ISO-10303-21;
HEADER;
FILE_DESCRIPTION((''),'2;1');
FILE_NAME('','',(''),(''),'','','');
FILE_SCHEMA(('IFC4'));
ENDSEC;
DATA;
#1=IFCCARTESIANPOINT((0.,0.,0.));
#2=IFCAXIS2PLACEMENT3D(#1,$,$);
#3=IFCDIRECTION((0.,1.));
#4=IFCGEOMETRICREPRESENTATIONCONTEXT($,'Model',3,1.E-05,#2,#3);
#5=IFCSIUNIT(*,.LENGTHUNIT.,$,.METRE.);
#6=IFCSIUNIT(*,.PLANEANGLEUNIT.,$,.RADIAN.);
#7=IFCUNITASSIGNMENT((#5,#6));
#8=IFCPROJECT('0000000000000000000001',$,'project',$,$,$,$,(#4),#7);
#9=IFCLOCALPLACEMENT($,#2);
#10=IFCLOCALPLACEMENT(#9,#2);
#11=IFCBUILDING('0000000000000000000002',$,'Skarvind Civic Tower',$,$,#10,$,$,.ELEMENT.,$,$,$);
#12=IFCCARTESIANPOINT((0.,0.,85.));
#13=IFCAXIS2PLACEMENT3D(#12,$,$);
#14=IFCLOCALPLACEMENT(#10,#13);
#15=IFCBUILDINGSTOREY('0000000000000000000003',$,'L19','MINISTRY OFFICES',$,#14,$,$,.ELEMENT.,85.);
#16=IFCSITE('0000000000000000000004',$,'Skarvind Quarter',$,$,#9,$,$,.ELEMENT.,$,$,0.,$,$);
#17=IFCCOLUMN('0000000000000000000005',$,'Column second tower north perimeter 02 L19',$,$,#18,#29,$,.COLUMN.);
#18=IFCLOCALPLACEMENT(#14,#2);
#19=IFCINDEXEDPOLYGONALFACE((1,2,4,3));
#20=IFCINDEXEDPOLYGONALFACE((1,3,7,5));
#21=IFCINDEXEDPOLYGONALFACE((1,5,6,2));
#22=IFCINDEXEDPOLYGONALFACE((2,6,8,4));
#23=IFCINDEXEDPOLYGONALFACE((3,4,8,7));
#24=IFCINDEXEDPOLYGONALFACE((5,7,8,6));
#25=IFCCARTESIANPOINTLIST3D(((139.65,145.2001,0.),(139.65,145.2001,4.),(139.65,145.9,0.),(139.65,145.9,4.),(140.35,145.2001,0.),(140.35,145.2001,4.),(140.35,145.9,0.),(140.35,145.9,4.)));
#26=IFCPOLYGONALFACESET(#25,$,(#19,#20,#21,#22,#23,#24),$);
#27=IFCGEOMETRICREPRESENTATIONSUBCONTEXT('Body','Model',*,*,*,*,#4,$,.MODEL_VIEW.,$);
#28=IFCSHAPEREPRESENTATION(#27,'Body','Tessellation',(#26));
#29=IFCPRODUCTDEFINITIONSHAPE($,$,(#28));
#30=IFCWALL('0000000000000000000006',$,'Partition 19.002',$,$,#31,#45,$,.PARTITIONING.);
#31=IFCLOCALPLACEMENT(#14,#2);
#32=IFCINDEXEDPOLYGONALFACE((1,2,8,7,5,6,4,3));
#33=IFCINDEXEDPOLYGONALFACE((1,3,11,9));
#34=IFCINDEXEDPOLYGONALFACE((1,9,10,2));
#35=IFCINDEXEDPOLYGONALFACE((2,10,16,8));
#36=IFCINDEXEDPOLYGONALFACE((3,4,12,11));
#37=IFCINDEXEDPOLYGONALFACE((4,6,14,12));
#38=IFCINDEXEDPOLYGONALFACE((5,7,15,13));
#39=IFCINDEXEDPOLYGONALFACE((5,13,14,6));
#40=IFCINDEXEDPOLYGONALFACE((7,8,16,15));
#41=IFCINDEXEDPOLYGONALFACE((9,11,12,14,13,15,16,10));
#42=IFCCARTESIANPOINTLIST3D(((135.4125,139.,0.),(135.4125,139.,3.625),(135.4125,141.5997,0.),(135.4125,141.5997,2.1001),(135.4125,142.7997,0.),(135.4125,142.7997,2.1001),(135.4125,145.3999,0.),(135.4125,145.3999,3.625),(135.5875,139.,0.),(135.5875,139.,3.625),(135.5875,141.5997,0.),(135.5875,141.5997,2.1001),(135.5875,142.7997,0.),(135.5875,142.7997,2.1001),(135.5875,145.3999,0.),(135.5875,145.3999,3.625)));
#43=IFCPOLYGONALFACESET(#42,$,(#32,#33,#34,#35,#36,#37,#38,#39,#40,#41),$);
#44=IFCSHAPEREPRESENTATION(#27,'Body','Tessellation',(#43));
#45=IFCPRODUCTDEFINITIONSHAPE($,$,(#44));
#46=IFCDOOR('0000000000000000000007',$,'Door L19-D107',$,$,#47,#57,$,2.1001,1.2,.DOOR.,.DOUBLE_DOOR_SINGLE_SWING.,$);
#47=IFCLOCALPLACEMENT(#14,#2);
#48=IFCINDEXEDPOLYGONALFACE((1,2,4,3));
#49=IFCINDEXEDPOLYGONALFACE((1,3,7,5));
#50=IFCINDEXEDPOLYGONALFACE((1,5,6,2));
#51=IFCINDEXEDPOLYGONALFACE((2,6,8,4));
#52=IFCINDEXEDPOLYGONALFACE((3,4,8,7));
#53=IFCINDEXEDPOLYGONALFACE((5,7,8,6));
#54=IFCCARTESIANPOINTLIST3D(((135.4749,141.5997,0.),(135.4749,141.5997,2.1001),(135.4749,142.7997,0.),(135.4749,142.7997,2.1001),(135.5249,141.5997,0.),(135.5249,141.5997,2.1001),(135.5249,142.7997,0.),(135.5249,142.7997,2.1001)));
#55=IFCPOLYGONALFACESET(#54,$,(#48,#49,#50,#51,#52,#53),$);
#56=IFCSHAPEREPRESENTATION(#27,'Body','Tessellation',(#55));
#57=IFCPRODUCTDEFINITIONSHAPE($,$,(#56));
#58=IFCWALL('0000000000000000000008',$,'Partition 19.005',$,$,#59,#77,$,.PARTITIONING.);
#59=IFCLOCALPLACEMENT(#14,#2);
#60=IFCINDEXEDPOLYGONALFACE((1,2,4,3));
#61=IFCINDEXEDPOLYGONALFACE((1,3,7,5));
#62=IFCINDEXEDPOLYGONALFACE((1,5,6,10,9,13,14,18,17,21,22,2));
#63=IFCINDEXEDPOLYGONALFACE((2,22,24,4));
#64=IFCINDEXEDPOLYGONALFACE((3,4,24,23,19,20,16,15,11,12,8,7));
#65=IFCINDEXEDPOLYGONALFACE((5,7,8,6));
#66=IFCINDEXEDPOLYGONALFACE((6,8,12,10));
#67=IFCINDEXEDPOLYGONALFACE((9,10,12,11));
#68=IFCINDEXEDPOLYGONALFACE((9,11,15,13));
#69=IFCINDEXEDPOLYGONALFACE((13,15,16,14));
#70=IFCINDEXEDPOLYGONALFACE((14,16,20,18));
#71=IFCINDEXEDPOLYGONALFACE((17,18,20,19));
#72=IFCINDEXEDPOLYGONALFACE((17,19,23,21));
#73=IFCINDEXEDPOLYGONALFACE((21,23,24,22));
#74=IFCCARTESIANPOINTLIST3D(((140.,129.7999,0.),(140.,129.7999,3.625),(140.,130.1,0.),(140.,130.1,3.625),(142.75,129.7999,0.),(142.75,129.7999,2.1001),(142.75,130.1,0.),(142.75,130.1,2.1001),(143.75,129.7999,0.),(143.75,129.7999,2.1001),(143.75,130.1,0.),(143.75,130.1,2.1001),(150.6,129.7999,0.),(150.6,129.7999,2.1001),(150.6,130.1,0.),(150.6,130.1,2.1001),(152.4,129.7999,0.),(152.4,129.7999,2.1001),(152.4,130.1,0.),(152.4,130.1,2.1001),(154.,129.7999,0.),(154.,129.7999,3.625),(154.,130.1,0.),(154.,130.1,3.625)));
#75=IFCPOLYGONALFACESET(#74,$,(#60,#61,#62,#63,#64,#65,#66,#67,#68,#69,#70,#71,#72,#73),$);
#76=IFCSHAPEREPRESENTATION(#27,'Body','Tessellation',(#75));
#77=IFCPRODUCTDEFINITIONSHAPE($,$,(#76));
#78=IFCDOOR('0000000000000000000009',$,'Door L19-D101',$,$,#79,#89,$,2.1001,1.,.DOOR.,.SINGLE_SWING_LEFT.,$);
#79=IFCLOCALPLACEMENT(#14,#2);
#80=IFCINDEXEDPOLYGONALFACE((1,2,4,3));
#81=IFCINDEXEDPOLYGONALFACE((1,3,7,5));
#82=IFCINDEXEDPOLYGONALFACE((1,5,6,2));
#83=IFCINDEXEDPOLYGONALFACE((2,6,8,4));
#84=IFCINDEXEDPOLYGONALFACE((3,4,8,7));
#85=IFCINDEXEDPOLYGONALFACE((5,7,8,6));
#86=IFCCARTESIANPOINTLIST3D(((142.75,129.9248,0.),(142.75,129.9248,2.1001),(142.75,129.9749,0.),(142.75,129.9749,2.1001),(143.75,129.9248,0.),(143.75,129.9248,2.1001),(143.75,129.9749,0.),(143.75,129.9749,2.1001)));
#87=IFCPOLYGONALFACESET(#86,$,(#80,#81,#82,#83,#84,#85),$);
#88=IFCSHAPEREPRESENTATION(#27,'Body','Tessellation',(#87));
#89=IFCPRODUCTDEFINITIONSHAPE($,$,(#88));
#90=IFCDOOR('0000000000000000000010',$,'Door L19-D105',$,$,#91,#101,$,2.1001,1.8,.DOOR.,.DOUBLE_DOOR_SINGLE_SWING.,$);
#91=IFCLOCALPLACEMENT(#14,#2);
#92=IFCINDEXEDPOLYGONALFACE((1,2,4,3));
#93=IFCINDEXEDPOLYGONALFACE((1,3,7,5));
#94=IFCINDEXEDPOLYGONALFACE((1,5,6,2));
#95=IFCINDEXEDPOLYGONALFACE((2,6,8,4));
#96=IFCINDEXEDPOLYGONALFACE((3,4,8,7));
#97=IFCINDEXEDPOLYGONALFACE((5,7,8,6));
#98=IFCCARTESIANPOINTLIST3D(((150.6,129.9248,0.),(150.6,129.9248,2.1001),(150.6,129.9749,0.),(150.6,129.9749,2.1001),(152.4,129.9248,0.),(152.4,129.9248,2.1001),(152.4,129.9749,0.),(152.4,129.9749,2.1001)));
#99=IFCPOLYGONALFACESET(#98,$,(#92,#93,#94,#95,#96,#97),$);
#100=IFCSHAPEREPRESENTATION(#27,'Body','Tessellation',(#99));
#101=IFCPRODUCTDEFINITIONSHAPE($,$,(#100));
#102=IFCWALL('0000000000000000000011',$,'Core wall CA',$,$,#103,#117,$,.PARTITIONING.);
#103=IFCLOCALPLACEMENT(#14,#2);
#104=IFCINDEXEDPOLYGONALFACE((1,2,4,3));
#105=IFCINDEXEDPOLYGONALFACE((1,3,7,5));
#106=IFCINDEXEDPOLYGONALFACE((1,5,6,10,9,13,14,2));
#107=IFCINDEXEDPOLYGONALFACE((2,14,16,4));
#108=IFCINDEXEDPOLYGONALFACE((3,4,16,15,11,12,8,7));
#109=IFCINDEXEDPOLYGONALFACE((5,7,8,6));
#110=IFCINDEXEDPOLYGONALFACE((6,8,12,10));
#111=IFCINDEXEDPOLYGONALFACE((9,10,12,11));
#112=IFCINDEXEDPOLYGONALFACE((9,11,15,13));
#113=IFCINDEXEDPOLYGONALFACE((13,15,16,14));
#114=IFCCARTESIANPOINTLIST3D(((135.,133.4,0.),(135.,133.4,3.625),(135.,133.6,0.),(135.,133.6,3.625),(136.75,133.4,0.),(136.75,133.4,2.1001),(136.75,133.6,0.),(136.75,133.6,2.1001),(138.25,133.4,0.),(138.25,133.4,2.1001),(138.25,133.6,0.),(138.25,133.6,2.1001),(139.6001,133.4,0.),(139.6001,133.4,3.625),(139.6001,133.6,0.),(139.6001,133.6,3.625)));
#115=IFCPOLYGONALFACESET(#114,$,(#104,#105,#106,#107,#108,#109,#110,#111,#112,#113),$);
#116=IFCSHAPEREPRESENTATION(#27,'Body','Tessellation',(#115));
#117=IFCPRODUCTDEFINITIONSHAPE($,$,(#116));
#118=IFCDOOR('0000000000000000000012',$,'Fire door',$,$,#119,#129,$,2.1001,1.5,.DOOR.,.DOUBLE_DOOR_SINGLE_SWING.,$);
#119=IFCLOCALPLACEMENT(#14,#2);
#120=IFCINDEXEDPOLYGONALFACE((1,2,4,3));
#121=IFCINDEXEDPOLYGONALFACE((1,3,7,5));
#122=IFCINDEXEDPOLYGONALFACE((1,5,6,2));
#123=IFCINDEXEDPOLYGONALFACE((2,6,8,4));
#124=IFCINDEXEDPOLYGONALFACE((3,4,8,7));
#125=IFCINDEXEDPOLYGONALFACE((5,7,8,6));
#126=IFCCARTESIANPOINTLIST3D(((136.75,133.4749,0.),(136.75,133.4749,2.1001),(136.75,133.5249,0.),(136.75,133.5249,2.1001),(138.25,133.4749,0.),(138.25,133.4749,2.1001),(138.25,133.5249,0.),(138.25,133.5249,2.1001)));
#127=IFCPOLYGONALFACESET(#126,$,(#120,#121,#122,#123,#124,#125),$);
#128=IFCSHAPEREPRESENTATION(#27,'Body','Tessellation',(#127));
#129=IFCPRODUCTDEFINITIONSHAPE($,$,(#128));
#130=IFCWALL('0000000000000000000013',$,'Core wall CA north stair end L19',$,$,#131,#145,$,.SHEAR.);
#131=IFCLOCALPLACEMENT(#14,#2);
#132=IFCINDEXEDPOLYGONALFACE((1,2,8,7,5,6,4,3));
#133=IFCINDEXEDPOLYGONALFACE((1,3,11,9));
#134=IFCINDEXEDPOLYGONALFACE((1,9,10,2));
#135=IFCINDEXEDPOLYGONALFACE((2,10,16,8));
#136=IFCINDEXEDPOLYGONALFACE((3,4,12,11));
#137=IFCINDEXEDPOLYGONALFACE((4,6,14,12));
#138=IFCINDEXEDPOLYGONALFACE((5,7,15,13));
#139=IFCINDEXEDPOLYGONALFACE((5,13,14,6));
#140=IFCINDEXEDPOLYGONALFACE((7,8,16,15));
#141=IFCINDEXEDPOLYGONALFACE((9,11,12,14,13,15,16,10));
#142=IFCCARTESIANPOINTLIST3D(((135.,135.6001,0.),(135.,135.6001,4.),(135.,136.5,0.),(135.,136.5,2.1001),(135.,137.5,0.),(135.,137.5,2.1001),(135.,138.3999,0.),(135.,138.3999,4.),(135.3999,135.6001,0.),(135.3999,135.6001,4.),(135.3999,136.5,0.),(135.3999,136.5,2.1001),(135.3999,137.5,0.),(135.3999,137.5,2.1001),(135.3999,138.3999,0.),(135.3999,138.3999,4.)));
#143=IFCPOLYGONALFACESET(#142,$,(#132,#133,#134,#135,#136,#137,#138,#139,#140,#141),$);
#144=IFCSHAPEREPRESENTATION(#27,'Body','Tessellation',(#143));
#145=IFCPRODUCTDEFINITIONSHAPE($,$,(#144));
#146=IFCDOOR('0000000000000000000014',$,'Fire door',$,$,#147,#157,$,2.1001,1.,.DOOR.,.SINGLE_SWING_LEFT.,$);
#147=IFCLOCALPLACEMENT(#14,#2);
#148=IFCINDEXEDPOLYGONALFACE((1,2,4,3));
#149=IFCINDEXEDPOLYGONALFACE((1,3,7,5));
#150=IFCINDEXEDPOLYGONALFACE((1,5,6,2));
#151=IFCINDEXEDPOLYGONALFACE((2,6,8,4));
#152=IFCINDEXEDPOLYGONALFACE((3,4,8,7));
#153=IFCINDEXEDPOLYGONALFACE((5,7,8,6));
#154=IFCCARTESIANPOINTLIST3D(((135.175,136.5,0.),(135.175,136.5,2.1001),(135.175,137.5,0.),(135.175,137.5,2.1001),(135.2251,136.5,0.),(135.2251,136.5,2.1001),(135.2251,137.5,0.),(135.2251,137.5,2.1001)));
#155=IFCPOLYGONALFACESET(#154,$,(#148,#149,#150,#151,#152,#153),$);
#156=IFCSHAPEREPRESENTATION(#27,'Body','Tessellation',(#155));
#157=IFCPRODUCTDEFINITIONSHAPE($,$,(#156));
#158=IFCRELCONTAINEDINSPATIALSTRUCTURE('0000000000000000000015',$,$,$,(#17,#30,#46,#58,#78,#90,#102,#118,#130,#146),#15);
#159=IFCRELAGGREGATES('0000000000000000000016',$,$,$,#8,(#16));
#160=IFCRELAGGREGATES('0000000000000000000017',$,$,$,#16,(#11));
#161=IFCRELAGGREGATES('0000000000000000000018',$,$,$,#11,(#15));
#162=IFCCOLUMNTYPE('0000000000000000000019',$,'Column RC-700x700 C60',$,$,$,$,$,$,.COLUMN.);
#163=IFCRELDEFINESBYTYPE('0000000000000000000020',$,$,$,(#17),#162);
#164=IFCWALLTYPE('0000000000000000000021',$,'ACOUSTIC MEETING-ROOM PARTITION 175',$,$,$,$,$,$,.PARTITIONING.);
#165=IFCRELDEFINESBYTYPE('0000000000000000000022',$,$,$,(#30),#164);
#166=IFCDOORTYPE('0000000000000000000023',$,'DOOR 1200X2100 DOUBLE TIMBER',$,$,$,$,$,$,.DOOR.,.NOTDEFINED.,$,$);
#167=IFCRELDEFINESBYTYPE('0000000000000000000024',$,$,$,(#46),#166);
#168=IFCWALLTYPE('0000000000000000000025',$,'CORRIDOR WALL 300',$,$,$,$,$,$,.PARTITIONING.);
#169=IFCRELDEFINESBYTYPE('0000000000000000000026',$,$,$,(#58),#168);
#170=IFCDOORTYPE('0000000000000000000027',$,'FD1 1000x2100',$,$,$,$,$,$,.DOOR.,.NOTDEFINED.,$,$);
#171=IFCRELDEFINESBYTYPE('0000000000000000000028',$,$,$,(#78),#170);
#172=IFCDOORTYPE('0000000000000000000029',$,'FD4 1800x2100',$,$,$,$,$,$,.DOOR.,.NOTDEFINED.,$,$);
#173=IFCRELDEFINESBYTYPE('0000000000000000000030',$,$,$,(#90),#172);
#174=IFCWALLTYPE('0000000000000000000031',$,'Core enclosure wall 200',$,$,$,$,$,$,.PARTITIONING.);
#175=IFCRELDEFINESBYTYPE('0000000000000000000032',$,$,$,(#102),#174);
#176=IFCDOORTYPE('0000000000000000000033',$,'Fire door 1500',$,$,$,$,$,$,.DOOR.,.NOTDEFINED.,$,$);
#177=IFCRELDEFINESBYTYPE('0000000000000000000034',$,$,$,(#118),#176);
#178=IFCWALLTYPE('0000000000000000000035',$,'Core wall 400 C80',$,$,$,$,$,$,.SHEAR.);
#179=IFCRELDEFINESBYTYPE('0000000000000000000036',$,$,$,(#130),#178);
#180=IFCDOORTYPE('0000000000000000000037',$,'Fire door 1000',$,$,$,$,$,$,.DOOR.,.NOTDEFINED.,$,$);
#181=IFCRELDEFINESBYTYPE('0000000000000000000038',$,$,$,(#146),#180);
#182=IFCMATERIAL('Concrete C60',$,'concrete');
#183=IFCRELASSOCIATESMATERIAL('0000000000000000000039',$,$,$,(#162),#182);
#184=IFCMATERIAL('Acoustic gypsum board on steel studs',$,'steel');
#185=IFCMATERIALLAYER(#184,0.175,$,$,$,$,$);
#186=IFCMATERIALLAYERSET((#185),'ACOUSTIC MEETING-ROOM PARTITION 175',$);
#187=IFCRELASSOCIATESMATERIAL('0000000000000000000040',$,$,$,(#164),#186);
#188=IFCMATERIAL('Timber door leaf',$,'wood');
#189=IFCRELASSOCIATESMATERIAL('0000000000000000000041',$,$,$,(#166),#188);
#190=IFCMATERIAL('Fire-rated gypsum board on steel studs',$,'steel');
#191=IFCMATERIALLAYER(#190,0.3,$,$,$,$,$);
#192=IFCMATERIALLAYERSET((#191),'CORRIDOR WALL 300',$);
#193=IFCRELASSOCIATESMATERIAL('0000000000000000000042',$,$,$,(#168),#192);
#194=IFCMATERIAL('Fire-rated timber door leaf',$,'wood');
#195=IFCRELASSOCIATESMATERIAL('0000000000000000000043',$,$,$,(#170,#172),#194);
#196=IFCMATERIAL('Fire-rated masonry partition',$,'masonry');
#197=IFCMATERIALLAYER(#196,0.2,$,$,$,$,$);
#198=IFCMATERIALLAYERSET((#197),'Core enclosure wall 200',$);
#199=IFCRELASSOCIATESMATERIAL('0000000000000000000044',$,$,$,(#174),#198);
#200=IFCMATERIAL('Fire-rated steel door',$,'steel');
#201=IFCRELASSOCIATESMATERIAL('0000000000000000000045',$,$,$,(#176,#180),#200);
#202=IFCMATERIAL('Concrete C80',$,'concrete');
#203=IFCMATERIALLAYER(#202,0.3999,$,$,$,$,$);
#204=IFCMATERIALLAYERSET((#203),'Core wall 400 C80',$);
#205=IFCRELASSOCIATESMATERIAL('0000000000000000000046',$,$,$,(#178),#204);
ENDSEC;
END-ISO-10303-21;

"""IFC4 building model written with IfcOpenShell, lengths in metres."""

from ifc_helpers import new_model, si_unit, direction, frame, frame_2d, origin, origin_2d, place, context, subcontext, project, spatial, rectangle, extrude, material, layer, layer_set, material_profile, profile_set, type_object, element, fill, save


model = new_model("IFC4")

# Units and contexts
model_context = context("Model", 3, precision=1e-05, world=origin(), true_north=direction((0.0, 1.0)))
body_context = subcontext(model_context, "Body", "Model", "MODEL_VIEW")
ifc_project = project(units=[si_unit("LENGTHUNIT", "METRE"), si_unit("PLANEANGLEUNIT", "RADIAN")], contexts=[model_context])

# Site, building, storey
site_placement = place(None, origin())
site = spatial("IfcSite", under=ifc_project, at=site_placement, Name="Skarvind Quarter", CompositionType="ELEMENT", RefElevation=0.0)
building_placement = place(site_placement, origin())
building = spatial("IfcBuilding", under=site, at=building_placement, Name="Skarvind Civic Tower", CompositionType="ELEMENT")
storey_placement = place(building_placement, frame((0.0, 0.0, 85.0)))
storey = spatial("IfcBuildingStorey", under=building, at=storey_placement, Name="L19", Description="MINISTRY OFFICES", CompositionType="ELEMENT", Elevation=85.0)

# Column
ifc_material_1 = material(Name="Concrete C60", Category="concrete")
ifc_material_profile = material_profile(ifc_material_1, rectangle(XDim=0.7, YDim=0.7, at=origin_2d()), Name="RC-700x700")
ifc_profile_set = profile_set([ifc_material_profile], Name="Concrete C60")
column_type = type_object("IfcColumnType", Name="Column RC-700x700 C60", PredefinedType="COLUMN", material=ifc_profile_set)
column_placement = place(storey_placement, frame((140.0, 145.55, 0.0), z_axis=(0.0, 0.0, 1.0), x_axis=(1.0, 0.0, 0.0)))
element("IfcColumn", 1, at=column_placement, inside=storey, type_object=column_type, Name="Column second tower north perimeter 02 L19", PredefinedType="COLUMN", context=body_context, shape_type="SweptSolid", body=[
    extrude(rectangle(XDim=0.7, YDim=0.7, at=origin_2d()), origin(), (0.0, 0.0, 1.0), 4.0),
])

# Wall, opening, door
ifc_material_2 = material(Name="Acoustic gypsum board on steel studs", Category="steel")
ifc_layer_1 = layer(ifc_material_2, 0.175)
ifc_layer_set_1 = layer_set([ifc_layer_1], Name="ACOUSTIC MEETING-ROOM PARTITION 175")
wall_type_1 = type_object("IfcWallType", Name="ACOUSTIC MEETING-ROOM PARTITION 175", PredefinedType="PARTITIONING", material=ifc_layer_set_1)
wall_1_placement = place(storey_placement, frame((135.5, 145.3999, 0.0), z_axis=(0.0, 0.0, 1.0), x_axis=(0.0, -1.0, 0.0)))
wall_1 = element("IfcWall", 2, at=wall_1_placement, inside=storey, type_object=wall_type_1, Name="Partition 19.002", PredefinedType="PARTITIONING", context=body_context, shape_type="SweptSolid", body=[
    extrude(rectangle(XDim=6.3999, YDim=0.175, at=frame_2d((3.2, 0.0))), origin(), (0.0, 0.0, 1.0), 3.625),
])
opening_1_placement = place(wall_1_placement, frame((2.6001, 0.0, 0.0)))
opening_1 = element("IfcOpeningElement", 3, at=opening_1_placement, cuts=wall_1, PredefinedType="OPENING", context=body_context, shape_type="SweptSolid", body=[
    extrude(rectangle(XDim=1.2, YDim=2.1001, at=frame_2d((0.6001, 1.05))), frame((0.0, 0.0974, 0.0), z_axis=(0.0, -1.0, 0.0), x_axis=(1.0, 0.0, 0.0)), (0.0, 0.0, 1.0), 0.1951),
])
ifc_material_3 = material(Name="Timber door leaf", Category="wood")
door_type_1 = type_object("IfcDoorType", Name="DOOR 1200X2100 DOUBLE TIMBER", OperationType="NOTDEFINED", PredefinedType="DOOR", material=ifc_material_3)
door_1_placement = place(opening_1_placement, origin())
door_1 = element("IfcDoor", 4, at=door_1_placement, inside=storey, type_object=door_type_1, Name="Door L19-D107", OperationType="DOUBLE_DOOR_SINGLE_SWING", OverallHeight=2.1001, OverallWidth=1.2, PredefinedType="DOOR", context=body_context, shape_type="SweptSolid", body=[
    extrude(rectangle(XDim=1.2, YDim=2.1001, at=frame_2d((0.6001, 1.05))), frame((0.0, 0.0249, 0.0), z_axis=(0.0, -1.0, 0.0), x_axis=(1.0, 0.0, 0.0)), (0.0, 0.0, 1.0), 0.05),
])
fill(opening_1, door_1)

# Wall, openings, doors
ifc_material_4 = material(Name="Fire-rated gypsum board on steel studs", Category="steel")
ifc_layer_2 = layer(ifc_material_4, 0.3)
ifc_layer_set_2 = layer_set([ifc_layer_2], Name="CORRIDOR WALL 300")
wall_type_2 = type_object("IfcWallType", Name="CORRIDOR WALL 300", PredefinedType="PARTITIONING", material=ifc_layer_set_2)
wall_2_placement = place(storey_placement, frame((140.0, 129.95, 0.0), z_axis=(0.0, 0.0, 1.0), x_axis=(1.0, 0.0, 0.0)))
wall_2 = element("IfcWall", 5, at=wall_2_placement, inside=storey, type_object=wall_type_2, Name="Partition 19.005", PredefinedType="PARTITIONING", context=body_context, shape_type="SweptSolid", body=[
    extrude(rectangle(XDim=14.0, YDim=0.3, at=frame_2d((7.0, 0.0))), origin(), (0.0, 0.0, 1.0), 3.625),
])
opening_2_placement = place(wall_2_placement, frame((2.75, 0.0, 0.0)))
opening_2 = element("IfcOpeningElement", 6, at=opening_2_placement, cuts=wall_2, PredefinedType="OPENING", context=body_context, shape_type="SweptSolid", body=[
    extrude(rectangle(XDim=1.0, YDim=2.1001, at=frame_2d((0.5, 1.05))), frame((0.0, 0.1599, 0.0), z_axis=(0.0, -1.0, 0.0), x_axis=(1.0, 0.0, 0.0)), (0.0, 0.0, 1.0), 0.3201),
])
opening_3_placement = place(wall_2_placement, frame((10.6001, 0.0, 0.0)))
opening_3 = element("IfcOpeningElement", 7, at=opening_3_placement, cuts=wall_2, PredefinedType="OPENING", context=body_context, shape_type="SweptSolid", body=[
    extrude(rectangle(XDim=1.8, YDim=2.1001, at=frame_2d((0.8999, 1.05))), frame((0.0, 0.1599, 0.0), z_axis=(0.0, -1.0, 0.0), x_axis=(1.0, 0.0, 0.0)), (0.0, 0.0, 1.0), 0.3201),
])
ifc_material_5 = material(Name="Fire-rated timber door leaf", Category="wood")
door_type_2 = type_object("IfcDoorType", Name="FD1 1000x2100", OperationType="NOTDEFINED", PredefinedType="DOOR", material=ifc_material_5)
door_2_placement = place(opening_2_placement, origin())
door_2 = element("IfcDoor", 8, at=door_2_placement, inside=storey, type_object=door_type_2, Name="Door L19-D101", OperationType="SINGLE_SWING_LEFT", OverallHeight=2.1001, OverallWidth=1.0, PredefinedType="DOOR", context=body_context, shape_type="SweptSolid", body=[
    extrude(rectangle(XDim=1.0, YDim=2.1001, at=frame_2d((0.5, 1.05))), frame((0.0, 0.0249, 0.0), z_axis=(0.0, -1.0, 0.0), x_axis=(1.0, 0.0, 0.0)), (0.0, 0.0, 1.0), 0.05),
])
fill(opening_2, door_2)
door_type_3 = type_object("IfcDoorType", Name="FD4 1800x2100", OperationType="NOTDEFINED", PredefinedType="DOOR", material=ifc_material_5)
door_3_placement = place(opening_3_placement, origin())
door_3 = element("IfcDoor", 9, at=door_3_placement, inside=storey, type_object=door_type_3, Name="Door L19-D105", OperationType="DOUBLE_DOOR_SINGLE_SWING", OverallHeight=2.1001, OverallWidth=1.8, PredefinedType="DOOR", context=body_context, shape_type="SweptSolid", body=[
    extrude(rectangle(XDim=1.8, YDim=2.1001, at=frame_2d((0.8999, 1.05))), frame((0.0, 0.0249, 0.0), z_axis=(0.0, -1.0, 0.0), x_axis=(1.0, 0.0, 0.0)), (0.0, 0.0, 1.0), 0.05),
])
fill(opening_3, door_3)

# Walls, openings, doors
ifc_material_6 = material(Name="Fire-rated masonry partition", Category="masonry")
ifc_layer_3 = layer(ifc_material_6, 0.2)
ifc_layer_set_3 = layer_set([ifc_layer_3], Name="Core enclosure wall 200")
wall_type_3 = type_object("IfcWallType", Name="Core enclosure wall 200", PredefinedType="PARTITIONING", material=ifc_layer_set_3)
wall_3_placement = place(storey_placement, frame((135.0, 133.5, 0.0), z_axis=(0.0, 0.0, 1.0), x_axis=(1.0, 0.0, 0.0)))
wall_3 = element("IfcWall", 10, at=wall_3_placement, inside=storey, type_object=wall_type_3, Name="Core wall CA", PredefinedType="PARTITIONING", context=body_context, shape_type="SweptSolid", body=[
    extrude(rectangle(XDim=4.6001, YDim=0.2, at=frame_2d((2.3, 0.0))), origin(), (0.0, 0.0, 1.0), 3.625),
])
opening_4_placement = place(wall_3_placement, frame((1.75, 0.0, 0.0)))
opening_4 = element("IfcOpeningElement", 11, at=opening_4_placement, cuts=wall_3, PredefinedType="OPENING", context=body_context, shape_type="SweptSolid", body=[
    extrude(rectangle(XDim=1.5, YDim=2.1001, at=frame_2d((0.75, 1.05))), frame((0.0, 0.1099, 0.0), z_axis=(0.0, -1.0, 0.0), x_axis=(1.0, 0.0, 0.0)), (0.0, 0.0, 1.0), 0.22),
])
ifc_material_7 = material(Name="Fire-rated steel door", Category="steel")
door_type_4 = type_object("IfcDoorType", Name="Fire door 1500", OperationType="NOTDEFINED", PredefinedType="DOOR", material=ifc_material_7)
door_4_placement = place(opening_4_placement, origin())
door_4 = element("IfcDoor", 12, at=door_4_placement, inside=storey, type_object=door_type_4, Name="Fire door", OperationType="DOUBLE_DOOR_SINGLE_SWING", OverallHeight=2.1001, OverallWidth=1.5, PredefinedType="DOOR", context=body_context, shape_type="SweptSolid", body=[
    extrude(rectangle(XDim=1.5, YDim=2.1001, at=frame_2d((0.75, 1.05))), frame((0.0, 0.0249, 0.0), z_axis=(0.0, -1.0, 0.0), x_axis=(1.0, 0.0, 0.0)), (0.0, 0.0, 1.0), 0.05),
])
fill(opening_4, door_4)
ifc_material_8 = material(Name="Concrete C80", Category="concrete")
ifc_layer_4 = layer(ifc_material_8, 0.3999)
ifc_layer_set_4 = layer_set([ifc_layer_4], Name="Core wall 400 C80")
wall_type_4 = type_object("IfcWallType", Name="Core wall 400 C80", PredefinedType="SHEAR", material=ifc_layer_set_4)
wall_4_placement = place(storey_placement, frame((135.2, 135.6001, 0.0), z_axis=(0.0, 0.0, 1.0), x_axis=(0.0, 1.0, 0.0)))
wall_4 = element("IfcWall", 13, at=wall_4_placement, inside=storey, type_object=wall_type_4, Name="Core wall CA north stair end L19", PredefinedType="SHEAR", context=body_context, shape_type="SweptSolid", body=[
    extrude(rectangle(XDim=2.7998, YDim=0.3999, at=frame_2d((1.3999, 0.0))), origin(), (0.0, 0.0, 1.0), 4.0),
])
opening_5_placement = place(wall_4_placement, frame((0.8999, 0.0, 0.0)))
opening_5 = element("IfcOpeningElement", 14, at=opening_5_placement, cuts=wall_4, PredefinedType="OPENING", context=body_context, shape_type="SweptSolid", body=[
    extrude(rectangle(XDim=1.0, YDim=2.1001, at=frame_2d((0.5, 1.05))), frame((0.0, 0.21, 0.0), z_axis=(0.0, -1.0, 0.0), x_axis=(1.0, 0.0, 0.0)), (0.0, 0.0, 1.0), 0.4199),
])
door_type_5 = type_object("IfcDoorType", Name="Fire door 1000", OperationType="NOTDEFINED", PredefinedType="DOOR", material=ifc_material_7)
door_5_placement = place(opening_5_placement, origin())
door_5 = element("IfcDoor", 15, at=door_5_placement, inside=storey, type_object=door_type_5, Name="Fire door", OperationType="SINGLE_SWING_LEFT", OverallHeight=2.1001, OverallWidth=1.0, PredefinedType="DOOR", context=body_context, shape_type="SweptSolid", body=[
    extrude(rectangle(XDim=1.0, YDim=2.1001, at=frame_2d((0.5, 1.05))), frame((0.0, 0.0249, 0.0), z_axis=(0.0, -1.0, 0.0), x_axis=(1.0, 0.0, 0.0)), (0.0, 0.0, 1.0), 0.05),
])
fill(opening_5, door_5)

save(model, "model.ifc")
